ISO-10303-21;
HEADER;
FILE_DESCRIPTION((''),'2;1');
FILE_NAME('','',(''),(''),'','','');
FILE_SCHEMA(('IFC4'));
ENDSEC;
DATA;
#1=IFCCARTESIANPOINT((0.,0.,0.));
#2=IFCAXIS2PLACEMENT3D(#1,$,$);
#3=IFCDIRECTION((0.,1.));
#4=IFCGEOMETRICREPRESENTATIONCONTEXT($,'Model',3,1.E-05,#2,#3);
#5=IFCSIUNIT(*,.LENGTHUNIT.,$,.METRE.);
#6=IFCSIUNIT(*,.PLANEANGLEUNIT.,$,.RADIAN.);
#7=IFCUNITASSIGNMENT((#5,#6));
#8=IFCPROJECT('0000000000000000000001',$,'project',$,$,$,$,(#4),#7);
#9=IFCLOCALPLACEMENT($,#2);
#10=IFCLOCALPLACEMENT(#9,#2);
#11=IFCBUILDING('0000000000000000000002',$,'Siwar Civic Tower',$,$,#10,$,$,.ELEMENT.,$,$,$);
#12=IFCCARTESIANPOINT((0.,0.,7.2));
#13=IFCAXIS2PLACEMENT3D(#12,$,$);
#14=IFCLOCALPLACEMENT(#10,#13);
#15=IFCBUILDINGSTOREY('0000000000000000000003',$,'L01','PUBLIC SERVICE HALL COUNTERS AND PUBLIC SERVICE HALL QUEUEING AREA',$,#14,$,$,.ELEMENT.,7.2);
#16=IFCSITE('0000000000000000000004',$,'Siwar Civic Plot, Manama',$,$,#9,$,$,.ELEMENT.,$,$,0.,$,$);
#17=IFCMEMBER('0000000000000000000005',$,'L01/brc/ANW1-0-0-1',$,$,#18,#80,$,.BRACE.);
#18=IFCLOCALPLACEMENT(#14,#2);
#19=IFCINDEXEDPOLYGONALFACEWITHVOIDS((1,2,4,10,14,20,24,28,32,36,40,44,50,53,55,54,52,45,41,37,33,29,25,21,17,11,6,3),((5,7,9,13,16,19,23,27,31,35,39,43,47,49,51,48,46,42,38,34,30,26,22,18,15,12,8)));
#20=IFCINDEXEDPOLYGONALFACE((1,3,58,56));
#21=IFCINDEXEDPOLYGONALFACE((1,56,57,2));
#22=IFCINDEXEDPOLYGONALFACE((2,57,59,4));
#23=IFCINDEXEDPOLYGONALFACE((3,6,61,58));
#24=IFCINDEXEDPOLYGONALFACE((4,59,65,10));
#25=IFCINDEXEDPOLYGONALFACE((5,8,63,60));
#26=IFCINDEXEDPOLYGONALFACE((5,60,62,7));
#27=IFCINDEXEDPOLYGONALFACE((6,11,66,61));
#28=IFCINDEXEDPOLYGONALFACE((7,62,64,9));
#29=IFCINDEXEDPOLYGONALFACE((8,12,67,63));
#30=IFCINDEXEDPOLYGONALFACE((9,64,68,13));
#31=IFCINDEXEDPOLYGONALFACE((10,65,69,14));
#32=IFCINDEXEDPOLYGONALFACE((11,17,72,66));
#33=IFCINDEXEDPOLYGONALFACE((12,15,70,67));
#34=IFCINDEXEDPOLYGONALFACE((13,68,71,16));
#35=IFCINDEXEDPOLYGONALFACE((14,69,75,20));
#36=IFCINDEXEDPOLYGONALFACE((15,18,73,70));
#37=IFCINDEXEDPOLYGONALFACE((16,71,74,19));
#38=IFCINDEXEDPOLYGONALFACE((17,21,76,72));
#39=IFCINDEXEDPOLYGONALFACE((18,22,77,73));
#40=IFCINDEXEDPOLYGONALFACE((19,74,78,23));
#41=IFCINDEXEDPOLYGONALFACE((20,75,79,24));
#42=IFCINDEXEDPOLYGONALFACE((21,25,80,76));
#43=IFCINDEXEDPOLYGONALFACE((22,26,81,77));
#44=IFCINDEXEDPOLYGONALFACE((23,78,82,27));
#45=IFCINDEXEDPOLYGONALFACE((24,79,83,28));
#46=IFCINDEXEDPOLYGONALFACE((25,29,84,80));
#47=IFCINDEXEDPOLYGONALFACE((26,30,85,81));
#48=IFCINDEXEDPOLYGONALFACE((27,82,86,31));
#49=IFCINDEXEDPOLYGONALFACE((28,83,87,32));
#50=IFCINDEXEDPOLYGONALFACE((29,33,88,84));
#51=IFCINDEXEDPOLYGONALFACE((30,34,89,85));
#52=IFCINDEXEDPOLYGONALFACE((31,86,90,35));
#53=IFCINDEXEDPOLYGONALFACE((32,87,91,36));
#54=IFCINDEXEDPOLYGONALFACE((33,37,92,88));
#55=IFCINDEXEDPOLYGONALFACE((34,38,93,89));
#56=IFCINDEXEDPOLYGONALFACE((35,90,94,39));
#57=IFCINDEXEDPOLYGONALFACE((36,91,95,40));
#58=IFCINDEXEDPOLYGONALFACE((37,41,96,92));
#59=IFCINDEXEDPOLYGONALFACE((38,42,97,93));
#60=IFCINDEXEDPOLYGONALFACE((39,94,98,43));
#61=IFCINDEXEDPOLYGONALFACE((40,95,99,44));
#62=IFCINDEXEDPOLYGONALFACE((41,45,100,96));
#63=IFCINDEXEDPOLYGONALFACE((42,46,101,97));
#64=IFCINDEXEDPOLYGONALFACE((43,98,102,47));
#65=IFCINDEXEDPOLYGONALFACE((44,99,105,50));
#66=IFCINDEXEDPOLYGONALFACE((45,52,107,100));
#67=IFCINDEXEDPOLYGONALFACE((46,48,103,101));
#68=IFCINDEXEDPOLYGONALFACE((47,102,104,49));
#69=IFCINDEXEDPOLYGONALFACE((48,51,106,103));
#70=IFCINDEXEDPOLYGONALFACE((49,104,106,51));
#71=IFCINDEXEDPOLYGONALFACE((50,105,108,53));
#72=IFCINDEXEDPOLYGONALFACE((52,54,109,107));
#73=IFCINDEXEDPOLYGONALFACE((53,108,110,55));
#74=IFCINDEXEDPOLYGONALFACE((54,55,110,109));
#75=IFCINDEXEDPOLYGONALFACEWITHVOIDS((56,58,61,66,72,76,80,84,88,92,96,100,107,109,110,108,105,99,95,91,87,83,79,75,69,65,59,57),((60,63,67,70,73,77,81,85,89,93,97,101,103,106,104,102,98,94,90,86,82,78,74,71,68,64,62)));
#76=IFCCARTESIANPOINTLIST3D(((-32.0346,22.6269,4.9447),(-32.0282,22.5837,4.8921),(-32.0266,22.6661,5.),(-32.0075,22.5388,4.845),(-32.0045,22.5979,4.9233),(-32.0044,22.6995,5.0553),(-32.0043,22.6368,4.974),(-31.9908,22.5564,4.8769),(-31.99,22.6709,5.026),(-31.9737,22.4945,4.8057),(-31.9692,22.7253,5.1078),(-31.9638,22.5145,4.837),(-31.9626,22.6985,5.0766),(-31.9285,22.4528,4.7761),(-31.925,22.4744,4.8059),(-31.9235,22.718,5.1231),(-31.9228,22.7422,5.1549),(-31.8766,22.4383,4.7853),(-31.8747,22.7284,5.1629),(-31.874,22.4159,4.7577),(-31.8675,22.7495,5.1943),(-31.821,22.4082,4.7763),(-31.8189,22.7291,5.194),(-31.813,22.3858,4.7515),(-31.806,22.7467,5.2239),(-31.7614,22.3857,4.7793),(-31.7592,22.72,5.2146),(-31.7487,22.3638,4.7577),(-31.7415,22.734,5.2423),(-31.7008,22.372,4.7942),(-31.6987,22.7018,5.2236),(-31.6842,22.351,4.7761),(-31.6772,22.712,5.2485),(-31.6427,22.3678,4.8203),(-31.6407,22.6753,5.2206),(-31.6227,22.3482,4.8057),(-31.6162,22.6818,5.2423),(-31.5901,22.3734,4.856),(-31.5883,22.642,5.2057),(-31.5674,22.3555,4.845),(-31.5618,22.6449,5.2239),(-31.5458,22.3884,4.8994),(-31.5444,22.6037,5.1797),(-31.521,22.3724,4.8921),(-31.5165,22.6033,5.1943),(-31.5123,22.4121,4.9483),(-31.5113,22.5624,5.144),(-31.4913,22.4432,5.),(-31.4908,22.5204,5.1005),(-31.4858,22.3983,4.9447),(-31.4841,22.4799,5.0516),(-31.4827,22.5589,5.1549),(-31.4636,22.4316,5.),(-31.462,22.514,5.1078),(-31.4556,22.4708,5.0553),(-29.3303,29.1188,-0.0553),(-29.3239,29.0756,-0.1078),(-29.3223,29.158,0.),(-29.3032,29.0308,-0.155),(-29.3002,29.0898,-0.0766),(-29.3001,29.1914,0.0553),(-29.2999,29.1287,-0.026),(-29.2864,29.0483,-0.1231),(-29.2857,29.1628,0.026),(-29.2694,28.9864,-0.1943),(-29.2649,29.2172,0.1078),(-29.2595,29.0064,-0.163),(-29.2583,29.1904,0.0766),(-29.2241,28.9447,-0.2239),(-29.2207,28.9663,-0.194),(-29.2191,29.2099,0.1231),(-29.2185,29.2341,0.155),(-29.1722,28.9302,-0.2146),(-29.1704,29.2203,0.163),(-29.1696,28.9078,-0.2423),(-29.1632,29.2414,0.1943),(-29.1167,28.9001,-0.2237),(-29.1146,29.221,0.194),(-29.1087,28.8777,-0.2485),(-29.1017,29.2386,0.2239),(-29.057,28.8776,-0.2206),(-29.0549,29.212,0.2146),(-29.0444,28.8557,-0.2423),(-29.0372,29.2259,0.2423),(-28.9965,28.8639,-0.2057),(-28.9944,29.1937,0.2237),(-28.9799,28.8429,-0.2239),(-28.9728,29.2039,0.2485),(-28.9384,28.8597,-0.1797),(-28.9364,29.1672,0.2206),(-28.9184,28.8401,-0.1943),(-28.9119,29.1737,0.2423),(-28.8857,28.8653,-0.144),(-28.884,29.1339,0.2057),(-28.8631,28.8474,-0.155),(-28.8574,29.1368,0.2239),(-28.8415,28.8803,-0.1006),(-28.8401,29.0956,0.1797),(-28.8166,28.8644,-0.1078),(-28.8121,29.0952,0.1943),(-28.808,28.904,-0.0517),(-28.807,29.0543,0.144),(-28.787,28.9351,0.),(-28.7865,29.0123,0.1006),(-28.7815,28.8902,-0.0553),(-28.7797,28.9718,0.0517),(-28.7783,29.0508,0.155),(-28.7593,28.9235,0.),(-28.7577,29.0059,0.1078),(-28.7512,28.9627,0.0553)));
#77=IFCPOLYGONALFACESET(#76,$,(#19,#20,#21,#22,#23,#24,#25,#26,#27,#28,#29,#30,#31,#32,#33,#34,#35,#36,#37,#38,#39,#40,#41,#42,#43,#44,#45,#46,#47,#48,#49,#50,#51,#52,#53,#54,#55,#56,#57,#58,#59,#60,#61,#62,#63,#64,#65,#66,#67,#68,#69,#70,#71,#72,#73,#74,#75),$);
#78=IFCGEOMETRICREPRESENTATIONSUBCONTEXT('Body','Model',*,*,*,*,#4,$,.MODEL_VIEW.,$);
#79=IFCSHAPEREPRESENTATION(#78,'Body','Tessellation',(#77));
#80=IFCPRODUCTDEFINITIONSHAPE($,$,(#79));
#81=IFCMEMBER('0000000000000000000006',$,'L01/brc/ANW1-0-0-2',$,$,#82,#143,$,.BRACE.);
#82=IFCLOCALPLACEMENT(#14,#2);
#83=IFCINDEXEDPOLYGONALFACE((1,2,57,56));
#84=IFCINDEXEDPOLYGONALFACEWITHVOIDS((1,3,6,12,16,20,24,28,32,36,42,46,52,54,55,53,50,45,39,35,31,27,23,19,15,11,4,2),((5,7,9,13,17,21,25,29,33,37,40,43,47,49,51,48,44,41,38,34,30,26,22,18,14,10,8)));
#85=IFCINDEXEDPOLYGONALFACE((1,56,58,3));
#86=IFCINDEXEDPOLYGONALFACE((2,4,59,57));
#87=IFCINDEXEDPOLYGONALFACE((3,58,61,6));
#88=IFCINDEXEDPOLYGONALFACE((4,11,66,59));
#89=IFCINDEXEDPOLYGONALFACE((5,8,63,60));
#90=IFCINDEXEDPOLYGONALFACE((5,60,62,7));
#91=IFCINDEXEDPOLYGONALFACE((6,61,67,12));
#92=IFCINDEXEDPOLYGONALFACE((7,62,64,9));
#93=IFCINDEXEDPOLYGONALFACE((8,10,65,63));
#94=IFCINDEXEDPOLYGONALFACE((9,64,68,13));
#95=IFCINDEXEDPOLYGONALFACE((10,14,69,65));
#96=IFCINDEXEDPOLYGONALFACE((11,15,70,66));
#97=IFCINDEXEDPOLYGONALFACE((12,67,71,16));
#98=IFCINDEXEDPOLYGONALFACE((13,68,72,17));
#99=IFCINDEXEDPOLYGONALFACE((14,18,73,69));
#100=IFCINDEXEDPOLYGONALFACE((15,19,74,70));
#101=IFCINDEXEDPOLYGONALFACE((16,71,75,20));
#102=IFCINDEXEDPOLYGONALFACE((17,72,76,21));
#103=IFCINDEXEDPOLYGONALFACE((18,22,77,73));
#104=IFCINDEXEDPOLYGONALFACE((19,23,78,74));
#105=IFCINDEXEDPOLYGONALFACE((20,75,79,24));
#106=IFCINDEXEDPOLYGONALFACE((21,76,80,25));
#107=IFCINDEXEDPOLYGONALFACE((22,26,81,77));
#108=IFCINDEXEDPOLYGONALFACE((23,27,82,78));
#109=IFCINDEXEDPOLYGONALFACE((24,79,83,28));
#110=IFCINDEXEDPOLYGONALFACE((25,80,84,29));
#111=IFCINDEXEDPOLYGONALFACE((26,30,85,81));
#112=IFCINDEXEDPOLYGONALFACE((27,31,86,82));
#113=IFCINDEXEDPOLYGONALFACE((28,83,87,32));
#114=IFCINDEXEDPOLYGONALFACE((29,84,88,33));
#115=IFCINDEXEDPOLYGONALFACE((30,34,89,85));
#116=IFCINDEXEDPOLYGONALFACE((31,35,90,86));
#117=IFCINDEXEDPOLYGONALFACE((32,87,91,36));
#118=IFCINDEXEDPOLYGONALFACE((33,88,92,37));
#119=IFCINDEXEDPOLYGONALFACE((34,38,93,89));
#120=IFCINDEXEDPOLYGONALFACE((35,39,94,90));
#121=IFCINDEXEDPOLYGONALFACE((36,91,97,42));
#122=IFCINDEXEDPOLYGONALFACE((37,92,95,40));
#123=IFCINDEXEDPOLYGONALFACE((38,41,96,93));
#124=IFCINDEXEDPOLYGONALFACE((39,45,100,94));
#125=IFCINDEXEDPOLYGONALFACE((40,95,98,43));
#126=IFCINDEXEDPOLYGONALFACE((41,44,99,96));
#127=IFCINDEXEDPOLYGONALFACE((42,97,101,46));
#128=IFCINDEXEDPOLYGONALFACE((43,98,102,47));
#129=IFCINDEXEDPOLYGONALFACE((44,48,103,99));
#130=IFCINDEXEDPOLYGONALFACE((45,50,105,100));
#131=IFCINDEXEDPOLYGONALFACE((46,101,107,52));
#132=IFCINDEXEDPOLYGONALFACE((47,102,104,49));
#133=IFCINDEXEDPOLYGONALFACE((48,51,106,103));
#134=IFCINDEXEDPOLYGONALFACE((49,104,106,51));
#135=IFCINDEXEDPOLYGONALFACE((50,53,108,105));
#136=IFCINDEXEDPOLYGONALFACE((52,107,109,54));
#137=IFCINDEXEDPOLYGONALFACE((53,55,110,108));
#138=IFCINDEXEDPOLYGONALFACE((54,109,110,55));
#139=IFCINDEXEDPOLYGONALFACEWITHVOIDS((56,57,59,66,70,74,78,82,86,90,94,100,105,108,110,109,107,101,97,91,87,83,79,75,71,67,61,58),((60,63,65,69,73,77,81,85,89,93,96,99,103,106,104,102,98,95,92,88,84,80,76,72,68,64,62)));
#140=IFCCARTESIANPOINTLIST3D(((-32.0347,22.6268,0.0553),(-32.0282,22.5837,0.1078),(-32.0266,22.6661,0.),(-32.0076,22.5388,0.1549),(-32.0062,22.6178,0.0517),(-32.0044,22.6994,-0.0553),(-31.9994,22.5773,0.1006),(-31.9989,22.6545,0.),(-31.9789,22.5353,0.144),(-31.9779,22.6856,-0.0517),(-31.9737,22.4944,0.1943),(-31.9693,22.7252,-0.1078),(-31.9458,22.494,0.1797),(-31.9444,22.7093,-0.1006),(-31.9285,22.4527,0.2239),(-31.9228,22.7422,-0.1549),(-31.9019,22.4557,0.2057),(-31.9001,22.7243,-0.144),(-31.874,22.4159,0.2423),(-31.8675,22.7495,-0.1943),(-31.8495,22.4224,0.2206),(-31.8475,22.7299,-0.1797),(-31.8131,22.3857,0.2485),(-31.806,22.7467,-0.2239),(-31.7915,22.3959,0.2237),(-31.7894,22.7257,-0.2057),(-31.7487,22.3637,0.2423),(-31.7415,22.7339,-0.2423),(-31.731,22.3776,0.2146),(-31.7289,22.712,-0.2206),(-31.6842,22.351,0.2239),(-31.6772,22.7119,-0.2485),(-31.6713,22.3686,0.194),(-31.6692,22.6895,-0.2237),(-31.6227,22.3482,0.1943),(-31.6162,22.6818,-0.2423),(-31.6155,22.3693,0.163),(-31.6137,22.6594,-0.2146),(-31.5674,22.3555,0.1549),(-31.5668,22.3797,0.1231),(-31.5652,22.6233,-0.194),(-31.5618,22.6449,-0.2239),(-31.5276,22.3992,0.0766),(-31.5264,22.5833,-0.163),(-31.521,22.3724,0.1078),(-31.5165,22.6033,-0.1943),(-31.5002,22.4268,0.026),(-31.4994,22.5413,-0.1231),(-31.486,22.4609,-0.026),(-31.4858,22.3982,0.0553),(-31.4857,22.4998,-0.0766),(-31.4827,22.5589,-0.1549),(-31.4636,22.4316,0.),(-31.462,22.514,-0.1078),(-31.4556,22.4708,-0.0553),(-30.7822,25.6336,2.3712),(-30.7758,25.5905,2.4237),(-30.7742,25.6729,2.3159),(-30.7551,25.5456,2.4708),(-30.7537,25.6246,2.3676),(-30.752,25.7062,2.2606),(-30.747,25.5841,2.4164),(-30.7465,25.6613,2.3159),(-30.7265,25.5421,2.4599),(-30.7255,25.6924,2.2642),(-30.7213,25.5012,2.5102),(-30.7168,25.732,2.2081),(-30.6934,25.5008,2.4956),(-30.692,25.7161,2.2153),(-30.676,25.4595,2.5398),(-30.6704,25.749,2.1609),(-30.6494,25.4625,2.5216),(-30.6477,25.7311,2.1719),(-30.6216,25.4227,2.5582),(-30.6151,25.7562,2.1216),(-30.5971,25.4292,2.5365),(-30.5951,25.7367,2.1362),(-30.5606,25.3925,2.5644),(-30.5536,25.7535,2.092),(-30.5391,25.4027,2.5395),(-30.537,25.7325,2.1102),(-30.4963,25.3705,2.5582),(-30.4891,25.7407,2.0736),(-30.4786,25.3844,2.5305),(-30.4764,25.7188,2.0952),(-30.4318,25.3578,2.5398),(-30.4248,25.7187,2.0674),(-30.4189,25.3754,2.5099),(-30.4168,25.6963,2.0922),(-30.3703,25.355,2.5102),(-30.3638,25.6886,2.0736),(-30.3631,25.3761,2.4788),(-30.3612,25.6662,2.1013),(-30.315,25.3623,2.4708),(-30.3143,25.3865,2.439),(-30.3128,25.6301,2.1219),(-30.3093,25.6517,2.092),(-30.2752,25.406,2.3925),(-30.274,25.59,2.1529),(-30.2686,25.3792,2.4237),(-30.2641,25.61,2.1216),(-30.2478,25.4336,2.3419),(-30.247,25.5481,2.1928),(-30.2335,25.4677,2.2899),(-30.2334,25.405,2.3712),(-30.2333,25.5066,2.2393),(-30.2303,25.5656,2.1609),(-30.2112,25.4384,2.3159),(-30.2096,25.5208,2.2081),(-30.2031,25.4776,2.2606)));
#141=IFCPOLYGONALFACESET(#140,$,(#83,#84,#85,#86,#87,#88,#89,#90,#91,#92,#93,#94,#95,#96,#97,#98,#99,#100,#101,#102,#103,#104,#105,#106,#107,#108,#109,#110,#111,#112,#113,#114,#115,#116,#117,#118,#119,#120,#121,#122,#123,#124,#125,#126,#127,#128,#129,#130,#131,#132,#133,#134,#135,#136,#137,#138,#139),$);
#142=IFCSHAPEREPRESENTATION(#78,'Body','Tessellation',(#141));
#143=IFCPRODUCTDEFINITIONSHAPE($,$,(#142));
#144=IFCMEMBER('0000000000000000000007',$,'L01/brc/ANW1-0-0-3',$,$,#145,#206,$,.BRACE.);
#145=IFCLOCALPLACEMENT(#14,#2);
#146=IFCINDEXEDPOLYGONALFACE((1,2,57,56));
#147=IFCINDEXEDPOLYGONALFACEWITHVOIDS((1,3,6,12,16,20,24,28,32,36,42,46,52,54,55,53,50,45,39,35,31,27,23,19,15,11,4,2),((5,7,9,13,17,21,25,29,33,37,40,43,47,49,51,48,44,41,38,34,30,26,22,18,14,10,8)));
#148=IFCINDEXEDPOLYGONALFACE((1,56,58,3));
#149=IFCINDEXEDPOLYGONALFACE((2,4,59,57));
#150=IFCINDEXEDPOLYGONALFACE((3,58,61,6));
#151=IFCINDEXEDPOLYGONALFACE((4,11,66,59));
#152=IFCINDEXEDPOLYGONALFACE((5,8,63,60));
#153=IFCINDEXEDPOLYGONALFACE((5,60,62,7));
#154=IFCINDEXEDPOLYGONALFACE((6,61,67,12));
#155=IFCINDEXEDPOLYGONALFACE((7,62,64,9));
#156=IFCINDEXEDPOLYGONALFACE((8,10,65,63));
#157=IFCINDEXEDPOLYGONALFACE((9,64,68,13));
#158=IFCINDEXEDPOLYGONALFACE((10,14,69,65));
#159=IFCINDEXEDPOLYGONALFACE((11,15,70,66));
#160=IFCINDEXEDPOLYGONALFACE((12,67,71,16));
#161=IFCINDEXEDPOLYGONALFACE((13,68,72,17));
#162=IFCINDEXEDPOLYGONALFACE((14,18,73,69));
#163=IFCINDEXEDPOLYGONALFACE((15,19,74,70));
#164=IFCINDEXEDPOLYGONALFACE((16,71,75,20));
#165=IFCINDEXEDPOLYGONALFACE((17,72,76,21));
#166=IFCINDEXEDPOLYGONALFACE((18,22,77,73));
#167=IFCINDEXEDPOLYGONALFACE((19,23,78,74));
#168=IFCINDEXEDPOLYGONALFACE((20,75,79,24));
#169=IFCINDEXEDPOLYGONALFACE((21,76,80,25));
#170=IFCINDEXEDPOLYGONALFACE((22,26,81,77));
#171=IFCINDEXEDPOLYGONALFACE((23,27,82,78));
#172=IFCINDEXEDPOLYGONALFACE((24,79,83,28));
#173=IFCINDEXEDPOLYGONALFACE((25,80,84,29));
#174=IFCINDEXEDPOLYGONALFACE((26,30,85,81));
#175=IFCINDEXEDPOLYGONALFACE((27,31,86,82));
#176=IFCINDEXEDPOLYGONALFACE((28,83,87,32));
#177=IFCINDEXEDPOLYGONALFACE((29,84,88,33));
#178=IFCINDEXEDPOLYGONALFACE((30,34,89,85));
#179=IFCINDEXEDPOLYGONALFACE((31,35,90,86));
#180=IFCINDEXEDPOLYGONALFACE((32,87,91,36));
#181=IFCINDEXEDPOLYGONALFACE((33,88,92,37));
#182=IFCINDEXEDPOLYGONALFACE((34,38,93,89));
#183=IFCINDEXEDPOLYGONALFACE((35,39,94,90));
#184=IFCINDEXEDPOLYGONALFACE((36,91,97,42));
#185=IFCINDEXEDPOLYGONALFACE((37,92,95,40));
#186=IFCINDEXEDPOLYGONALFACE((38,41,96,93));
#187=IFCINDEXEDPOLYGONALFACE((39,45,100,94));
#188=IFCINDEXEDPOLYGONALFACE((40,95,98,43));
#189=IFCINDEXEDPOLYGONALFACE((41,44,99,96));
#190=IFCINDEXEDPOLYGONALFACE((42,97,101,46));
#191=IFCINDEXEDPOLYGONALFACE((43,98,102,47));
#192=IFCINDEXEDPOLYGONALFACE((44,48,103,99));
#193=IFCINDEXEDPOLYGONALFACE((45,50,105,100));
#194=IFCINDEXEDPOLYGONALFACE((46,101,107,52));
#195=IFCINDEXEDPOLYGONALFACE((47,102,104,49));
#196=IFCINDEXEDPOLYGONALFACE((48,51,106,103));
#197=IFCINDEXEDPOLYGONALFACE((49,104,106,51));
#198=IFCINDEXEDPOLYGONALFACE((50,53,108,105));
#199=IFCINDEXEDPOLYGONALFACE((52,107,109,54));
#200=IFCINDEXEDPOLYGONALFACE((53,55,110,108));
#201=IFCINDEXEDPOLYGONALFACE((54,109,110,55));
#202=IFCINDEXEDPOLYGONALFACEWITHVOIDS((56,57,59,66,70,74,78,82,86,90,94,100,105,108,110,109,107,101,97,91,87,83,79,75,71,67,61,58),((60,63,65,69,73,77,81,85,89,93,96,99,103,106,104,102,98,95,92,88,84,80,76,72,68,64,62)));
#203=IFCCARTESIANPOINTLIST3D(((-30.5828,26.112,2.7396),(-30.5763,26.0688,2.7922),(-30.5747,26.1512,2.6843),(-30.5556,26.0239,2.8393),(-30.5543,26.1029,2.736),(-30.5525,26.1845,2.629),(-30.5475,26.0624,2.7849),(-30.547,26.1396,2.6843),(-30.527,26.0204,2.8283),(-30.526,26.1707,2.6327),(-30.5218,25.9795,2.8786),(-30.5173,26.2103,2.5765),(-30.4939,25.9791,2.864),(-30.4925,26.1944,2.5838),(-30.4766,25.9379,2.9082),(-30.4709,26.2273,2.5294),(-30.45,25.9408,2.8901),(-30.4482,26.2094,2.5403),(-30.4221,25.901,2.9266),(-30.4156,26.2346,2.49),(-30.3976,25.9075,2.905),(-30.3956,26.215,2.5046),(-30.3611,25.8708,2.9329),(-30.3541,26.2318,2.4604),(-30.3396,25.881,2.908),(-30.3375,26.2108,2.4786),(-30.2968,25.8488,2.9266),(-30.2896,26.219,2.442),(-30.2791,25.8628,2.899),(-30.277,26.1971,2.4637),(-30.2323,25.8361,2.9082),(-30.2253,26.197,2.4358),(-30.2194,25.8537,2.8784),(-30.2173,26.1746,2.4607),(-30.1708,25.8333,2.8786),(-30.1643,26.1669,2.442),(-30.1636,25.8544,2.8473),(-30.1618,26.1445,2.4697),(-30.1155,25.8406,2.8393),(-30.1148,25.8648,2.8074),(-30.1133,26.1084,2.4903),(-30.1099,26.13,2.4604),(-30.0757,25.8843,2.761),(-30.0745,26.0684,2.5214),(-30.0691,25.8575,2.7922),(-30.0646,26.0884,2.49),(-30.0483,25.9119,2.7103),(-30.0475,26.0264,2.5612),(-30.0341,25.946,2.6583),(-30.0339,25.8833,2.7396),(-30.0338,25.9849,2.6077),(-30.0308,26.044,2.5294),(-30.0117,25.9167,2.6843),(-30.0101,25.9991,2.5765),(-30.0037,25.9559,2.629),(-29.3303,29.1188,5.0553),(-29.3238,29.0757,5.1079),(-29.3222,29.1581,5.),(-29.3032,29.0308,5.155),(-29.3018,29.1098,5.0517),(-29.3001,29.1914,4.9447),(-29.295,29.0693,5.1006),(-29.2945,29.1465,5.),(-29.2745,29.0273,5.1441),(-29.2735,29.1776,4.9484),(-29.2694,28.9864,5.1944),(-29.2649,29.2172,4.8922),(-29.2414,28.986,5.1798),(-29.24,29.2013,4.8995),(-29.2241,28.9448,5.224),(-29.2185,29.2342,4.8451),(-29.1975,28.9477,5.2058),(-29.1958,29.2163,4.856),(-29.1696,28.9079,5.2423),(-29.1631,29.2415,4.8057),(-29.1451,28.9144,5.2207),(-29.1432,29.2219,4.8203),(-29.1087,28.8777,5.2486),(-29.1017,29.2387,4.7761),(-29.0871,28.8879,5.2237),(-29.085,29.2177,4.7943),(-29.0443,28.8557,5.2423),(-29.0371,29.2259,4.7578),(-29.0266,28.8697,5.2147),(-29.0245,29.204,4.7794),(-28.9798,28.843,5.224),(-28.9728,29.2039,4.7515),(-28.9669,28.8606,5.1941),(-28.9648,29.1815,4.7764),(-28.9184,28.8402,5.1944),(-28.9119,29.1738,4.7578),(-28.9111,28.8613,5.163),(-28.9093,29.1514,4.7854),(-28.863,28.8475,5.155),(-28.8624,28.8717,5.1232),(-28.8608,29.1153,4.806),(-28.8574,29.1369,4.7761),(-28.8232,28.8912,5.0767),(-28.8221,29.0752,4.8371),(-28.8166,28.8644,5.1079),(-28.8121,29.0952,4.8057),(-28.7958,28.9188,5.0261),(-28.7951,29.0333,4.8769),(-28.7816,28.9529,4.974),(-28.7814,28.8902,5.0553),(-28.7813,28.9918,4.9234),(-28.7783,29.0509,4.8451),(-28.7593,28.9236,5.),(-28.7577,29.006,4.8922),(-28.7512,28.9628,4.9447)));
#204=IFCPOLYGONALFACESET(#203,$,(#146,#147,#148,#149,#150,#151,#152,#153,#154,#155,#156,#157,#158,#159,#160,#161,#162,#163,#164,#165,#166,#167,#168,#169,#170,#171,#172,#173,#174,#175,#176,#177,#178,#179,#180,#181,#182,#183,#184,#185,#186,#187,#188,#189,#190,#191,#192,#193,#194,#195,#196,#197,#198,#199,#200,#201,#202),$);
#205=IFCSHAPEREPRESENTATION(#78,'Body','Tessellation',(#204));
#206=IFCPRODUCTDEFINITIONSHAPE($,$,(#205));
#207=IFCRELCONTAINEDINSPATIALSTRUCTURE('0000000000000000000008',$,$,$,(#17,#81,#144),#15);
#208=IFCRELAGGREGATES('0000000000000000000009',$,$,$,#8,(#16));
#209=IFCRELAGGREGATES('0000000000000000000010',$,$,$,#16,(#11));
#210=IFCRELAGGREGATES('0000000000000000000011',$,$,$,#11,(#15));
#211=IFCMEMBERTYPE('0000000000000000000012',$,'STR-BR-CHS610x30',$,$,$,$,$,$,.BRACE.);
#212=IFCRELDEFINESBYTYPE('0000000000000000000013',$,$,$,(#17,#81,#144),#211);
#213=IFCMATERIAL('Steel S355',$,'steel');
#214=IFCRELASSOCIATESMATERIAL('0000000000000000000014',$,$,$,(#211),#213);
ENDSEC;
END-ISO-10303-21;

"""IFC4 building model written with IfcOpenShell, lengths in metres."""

from ifc_helpers import new_model, si_unit, direction, frame, origin, origin_2d, place, context, subcontext, project, spatial, hollow_circle, extrude, material, material_profile, profile_set, type_object, element, save


model = new_model("IFC4")

# Units and contexts
model_context = context("Model", 3, precision=1e-05, world=origin(), true_north=direction((0.0, 1.0)))
body_context = subcontext(model_context, "Body", "Model", "MODEL_VIEW")
ifc_project = project(units=[si_unit("LENGTHUNIT", "METRE"), si_unit("PLANEANGLEUNIT", "RADIAN")], contexts=[model_context])

# Site, building, storey
site_placement = place(None, origin())
site = spatial("IfcSite", under=ifc_project, at=site_placement, Name="Siwar Civic Plot, Manama", CompositionType="ELEMENT", RefElevation=0.0)
building_placement = place(site_placement, origin())
building = spatial("IfcBuilding", under=site, at=building_placement, Name="Siwar Civic Tower", CompositionType="ELEMENT")
storey_placement = place(building_placement, frame((0.0, 0.0, 7.2)))
storey = spatial("IfcBuildingStorey", under=building, at=storey_placement, Name="L01", Description="PUBLIC SERVICE HALL COUNTERS AND PUBLIC SERVICE HALL QUEUEING AREA", CompositionType="ELEMENT", Elevation=7.2)

# Members
ifc_material_1 = material(Name="Steel S355", Category="steel")
ifc_material_profile_1 = material_profile(ifc_material_1, hollow_circle(Radius=0.3049, WallThickness=0.03, at=origin_2d()), Name="CHS610x30")
ifc_profile_set_1 = profile_set([ifc_material_profile_1], Name="Steel S355")
member_type_1 = type_object("IfcMemberType", Name="STR-BR-CHS610x30", PredefinedType="BRACE", material=ifc_profile_set_1)
member_1_placement = place(storey_placement, frame((-29.0408, 29.0408, 0.0), z_axis=(-0.313404, -0.752344, 0.579445), x_axis=(0.923109, -0.384539, 0.0)))
element("IfcMember", 1, at=member_1_placement, inside=storey, type_object=member_type_1, Name="L01/brc/ANW1-0-0-1", PredefinedType="BRACE", context=body_context, shape_type="SweptSolid", body=[
    extrude(hollow_circle(Radius=0.3049, WallThickness=0.03, at=origin_2d()), origin(), (0.0, 0.0, 1.0), 8.6289),
])
for number, where, z_axis, x_axis, name in (
    (2, (-31.7451, 22.5488, 0.0), (0.313373, 0.752341, 0.579466), (-0.923121, 0.384509, 0.0), "L01/brc/ANW1-0-0-2"),
    (3, (-30.2932, 26.0339, 2.6843), (0.313385, 0.752367, 0.579425), (-0.923121, 0.384509, 0.0), "L01/brc/ANW1-0-0-3"),
):
    element("IfcMember", number, at=place(storey_placement, frame(where, z_axis=z_axis, x_axis=x_axis)), inside=storey, type_object=member_type_1, Name=name, PredefinedType="BRACE", context=body_context, shape_type="SweptSolid", body=[
        extrude(hollow_circle(Radius=0.3049, WallThickness=0.03, at=origin_2d()), origin(), (0.0, 0.0, 1.0), 3.9966),
    ])

save(model, "model.ifc")
